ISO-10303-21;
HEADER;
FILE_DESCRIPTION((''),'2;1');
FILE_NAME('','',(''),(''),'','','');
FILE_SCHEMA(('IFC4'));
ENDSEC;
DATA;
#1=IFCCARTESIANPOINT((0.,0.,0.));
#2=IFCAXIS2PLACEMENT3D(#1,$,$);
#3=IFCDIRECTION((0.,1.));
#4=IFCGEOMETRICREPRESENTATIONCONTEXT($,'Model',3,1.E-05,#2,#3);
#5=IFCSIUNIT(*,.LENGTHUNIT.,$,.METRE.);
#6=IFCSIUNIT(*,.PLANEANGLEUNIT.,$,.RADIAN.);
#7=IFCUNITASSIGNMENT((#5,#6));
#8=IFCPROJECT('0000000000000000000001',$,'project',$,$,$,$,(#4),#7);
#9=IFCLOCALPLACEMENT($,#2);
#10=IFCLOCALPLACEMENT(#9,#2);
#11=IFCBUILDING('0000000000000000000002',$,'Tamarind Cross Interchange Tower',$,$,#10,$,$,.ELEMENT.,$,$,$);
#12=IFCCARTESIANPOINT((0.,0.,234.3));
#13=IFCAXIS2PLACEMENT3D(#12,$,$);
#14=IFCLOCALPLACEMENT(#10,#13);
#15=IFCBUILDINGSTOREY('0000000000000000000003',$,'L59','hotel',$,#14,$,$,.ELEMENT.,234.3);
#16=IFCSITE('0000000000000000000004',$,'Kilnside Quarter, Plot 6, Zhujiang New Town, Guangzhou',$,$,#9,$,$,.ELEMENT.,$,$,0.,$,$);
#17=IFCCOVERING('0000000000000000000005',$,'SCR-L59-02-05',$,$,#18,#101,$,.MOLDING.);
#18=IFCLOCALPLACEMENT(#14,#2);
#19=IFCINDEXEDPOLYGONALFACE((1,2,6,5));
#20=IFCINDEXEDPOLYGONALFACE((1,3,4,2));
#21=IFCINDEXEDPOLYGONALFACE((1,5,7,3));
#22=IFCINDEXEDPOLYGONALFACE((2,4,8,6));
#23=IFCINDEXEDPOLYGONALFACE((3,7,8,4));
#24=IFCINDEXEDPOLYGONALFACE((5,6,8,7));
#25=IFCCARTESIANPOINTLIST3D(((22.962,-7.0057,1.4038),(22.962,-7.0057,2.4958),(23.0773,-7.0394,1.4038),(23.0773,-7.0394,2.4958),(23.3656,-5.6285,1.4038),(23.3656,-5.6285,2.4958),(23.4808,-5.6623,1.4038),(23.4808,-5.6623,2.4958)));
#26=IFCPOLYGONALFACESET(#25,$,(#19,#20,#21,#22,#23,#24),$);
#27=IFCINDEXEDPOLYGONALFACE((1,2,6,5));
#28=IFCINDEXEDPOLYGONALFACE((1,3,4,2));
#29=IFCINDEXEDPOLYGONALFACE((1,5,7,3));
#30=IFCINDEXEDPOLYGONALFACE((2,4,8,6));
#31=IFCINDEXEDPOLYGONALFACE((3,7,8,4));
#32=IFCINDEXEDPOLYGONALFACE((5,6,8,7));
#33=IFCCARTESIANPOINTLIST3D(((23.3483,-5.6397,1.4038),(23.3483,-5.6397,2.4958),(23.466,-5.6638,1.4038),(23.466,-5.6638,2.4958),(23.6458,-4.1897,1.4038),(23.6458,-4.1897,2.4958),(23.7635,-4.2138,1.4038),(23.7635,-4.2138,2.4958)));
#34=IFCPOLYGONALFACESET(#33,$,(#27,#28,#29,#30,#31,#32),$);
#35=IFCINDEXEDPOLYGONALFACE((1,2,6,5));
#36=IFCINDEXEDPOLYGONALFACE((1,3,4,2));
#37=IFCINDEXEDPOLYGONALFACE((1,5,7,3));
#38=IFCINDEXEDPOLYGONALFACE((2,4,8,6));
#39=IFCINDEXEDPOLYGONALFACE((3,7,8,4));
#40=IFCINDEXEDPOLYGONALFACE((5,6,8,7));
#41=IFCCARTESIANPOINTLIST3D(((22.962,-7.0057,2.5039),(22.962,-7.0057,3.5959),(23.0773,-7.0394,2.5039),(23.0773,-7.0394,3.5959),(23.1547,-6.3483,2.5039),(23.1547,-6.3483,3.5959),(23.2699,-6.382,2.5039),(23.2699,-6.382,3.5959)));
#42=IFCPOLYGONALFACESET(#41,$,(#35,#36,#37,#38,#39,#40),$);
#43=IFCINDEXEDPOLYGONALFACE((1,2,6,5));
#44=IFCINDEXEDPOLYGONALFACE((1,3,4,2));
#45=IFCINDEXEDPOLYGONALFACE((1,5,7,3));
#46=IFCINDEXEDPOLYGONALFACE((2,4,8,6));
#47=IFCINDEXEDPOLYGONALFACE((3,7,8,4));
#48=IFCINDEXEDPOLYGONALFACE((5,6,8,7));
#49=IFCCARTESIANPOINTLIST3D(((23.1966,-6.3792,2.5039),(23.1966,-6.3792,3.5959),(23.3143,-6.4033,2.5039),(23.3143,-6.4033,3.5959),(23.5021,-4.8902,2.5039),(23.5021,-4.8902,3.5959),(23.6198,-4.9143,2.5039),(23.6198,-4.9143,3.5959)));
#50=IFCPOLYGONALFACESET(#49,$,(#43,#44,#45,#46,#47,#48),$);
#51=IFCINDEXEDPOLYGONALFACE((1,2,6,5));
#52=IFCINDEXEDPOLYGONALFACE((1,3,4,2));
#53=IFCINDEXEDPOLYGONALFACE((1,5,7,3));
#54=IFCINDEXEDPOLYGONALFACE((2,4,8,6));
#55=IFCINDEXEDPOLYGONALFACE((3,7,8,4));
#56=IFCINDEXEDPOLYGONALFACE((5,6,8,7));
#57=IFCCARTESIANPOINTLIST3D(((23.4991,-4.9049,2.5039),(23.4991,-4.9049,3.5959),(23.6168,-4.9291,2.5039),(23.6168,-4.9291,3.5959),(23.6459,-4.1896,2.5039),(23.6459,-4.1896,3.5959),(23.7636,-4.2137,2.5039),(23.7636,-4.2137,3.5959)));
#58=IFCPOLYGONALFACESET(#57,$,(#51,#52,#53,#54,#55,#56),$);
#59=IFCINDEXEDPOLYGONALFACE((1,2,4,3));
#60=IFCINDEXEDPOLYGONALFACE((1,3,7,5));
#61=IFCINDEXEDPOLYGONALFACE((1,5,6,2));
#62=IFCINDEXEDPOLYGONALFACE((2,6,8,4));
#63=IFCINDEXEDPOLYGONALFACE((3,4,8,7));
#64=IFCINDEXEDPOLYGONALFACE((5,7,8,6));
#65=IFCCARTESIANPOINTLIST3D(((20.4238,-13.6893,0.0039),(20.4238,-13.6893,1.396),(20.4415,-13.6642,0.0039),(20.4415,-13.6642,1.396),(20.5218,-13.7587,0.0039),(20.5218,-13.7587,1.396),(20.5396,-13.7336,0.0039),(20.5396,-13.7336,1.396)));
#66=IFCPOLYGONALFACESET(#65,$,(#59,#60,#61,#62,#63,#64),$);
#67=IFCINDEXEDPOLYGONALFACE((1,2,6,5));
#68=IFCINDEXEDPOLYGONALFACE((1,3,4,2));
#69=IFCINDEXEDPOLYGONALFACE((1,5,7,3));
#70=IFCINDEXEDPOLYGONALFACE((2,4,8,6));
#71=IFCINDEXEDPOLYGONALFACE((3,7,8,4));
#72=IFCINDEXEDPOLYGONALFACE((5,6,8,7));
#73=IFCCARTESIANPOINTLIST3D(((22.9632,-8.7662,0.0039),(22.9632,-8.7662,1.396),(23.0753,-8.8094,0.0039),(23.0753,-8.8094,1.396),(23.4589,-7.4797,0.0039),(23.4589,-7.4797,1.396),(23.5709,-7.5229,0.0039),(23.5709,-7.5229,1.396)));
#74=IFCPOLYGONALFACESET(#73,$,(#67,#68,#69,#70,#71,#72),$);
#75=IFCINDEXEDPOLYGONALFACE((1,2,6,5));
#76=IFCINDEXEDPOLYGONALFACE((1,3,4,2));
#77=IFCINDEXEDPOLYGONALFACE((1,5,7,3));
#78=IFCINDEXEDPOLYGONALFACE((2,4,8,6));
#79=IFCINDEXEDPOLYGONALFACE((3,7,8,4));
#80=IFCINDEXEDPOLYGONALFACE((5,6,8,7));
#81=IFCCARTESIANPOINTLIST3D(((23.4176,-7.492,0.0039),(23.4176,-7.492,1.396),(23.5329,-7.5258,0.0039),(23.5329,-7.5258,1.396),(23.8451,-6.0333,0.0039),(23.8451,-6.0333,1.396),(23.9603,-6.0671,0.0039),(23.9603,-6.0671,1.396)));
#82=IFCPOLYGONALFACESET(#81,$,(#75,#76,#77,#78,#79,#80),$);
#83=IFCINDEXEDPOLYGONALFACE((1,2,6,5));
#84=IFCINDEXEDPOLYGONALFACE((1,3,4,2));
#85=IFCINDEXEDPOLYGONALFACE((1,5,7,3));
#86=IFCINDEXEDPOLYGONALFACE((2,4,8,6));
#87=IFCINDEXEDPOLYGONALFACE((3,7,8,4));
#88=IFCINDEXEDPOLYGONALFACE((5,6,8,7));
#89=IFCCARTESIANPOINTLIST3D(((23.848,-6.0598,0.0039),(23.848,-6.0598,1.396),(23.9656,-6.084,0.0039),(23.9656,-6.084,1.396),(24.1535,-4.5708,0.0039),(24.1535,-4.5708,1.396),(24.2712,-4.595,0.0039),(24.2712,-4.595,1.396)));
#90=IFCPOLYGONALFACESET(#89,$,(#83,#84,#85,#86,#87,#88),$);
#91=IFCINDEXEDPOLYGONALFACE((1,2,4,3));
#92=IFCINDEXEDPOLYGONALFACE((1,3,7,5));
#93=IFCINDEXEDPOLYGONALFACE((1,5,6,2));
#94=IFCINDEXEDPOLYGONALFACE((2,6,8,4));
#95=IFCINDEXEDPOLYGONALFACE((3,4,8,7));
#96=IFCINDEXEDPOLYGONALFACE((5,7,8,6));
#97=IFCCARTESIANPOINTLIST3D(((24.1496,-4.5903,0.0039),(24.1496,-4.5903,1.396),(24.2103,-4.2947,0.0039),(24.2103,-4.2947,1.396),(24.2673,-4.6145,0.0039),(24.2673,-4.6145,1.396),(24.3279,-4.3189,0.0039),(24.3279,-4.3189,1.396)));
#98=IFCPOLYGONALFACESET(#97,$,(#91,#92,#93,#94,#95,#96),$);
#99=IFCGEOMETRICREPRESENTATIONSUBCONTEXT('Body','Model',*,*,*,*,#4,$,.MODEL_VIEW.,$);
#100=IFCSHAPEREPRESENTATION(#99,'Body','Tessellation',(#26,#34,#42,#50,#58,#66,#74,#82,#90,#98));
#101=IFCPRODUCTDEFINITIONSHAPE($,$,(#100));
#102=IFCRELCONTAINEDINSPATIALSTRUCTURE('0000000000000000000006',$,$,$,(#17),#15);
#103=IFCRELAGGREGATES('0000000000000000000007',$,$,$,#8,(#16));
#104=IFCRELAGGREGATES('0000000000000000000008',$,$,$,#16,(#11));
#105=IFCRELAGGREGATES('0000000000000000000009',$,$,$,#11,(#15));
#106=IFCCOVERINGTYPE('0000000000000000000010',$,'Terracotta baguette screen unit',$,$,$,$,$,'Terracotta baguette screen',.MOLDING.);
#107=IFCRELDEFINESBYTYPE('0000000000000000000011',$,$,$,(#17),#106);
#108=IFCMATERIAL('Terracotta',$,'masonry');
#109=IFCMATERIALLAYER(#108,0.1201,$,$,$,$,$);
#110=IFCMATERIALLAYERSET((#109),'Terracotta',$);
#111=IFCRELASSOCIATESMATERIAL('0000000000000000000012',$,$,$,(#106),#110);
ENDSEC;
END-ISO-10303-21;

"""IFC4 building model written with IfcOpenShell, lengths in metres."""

from ifc_helpers import new_model, si_unit, direction, frame, origin, origin_2d, place, context, subcontext, project, spatial, rectangle, extrude, material, layer, layer_set, type_object, element, save


model = new_model("IFC4")

# Units and contexts
model_context = context("Model", 3, precision=1e-05, world=origin(), true_north=direction((0.0, 1.0)))
body_context = subcontext(model_context, "Body", "Model", "MODEL_VIEW")
ifc_project = project(units=[si_unit("LENGTHUNIT", "METRE"), si_unit("PLANEANGLEUNIT", "RADIAN")], contexts=[model_context])

# Site, building, storey
site_placement = place(None, origin())
site = spatial("IfcSite", under=ifc_project, at=site_placement, Name="Kilnside Quarter, Plot 6, Zhujiang New Town, Guangzhou", CompositionType="ELEMENT", RefElevation=0.0)
building_placement = place(site_placement, origin())
building = spatial("IfcBuilding", under=site, at=building_placement, Name="Tamarind Cross Interchange Tower", CompositionType="ELEMENT")
storey_placement = place(building_placement, frame((0.0, 0.0, 234.3)))
storey = spatial("IfcBuildingStorey", under=building, at=storey_placement, Name="L59", Description="hotel", CompositionType="ELEMENT", Elevation=234.3)

# Covering
ifc_material_1 = material(Name="Terracotta", Category="masonry")
ifc_layer_1 = layer(ifc_material_1, 0.1201)
ifc_layer_set_1 = layer_set([ifc_layer_1], Name="Terracotta")
covering_type = type_object("IfcCoveringType", Name="Terracotta baguette screen unit", ElementType="Terracotta baguette screen", PredefinedType="MOLDING", material=ifc_layer_set_1)
covering_1_placement = place(storey_placement, origin())
element("IfcCovering", 1, at=covering_1_placement, inside=storey, type_object=covering_type, Name="SCR-L59-02-05", PredefinedType="MOLDING", context=body_context, shape_type="SweptSolid", body=[
    extrude(rectangle(XDim=1.4351, YDim=0.1201, at=origin_2d()), frame((23.2214, -6.334, 1.4038), z_axis=(0.0, 0.0, 1.0), x_axis=(0.281209, 0.959647, 0.0)), (0.0, 0.0, 1.0), 1.092),
    extrude(rectangle(XDim=1.4802, YDim=0.1201, at=origin_2d()), frame((23.5559, -4.9268, 1.4038), z_axis=(0.0, 0.0, 1.0), x_axis=(0.201001, 0.979591, 0.0)), (0.0, 0.0, 1.0), 1.092),
    extrude(rectangle(XDim=0.6851, YDim=0.1201, at=origin_2d()), frame((23.116, -6.6938, 2.5039), z_axis=(0.0, 0.0, 1.0), x_axis=(0.281209, 0.959647, 0.0)), (0.0, 0.0, 1.0), 1.092),
    extrude(rectangle(XDim=1.52, YDim=0.1201, at=origin_2d()), frame((23.4082, -5.6467, 2.5039), z_axis=(0.0, 0.0, 1.0), x_axis=(0.201001, 0.979591, 0.0)), (0.0, 0.0, 1.0), 1.092),
    extrude(rectangle(XDim=0.7302, YDim=0.1201, at=origin_2d()), frame((23.6313, -4.5593, 2.5039), z_axis=(0.0, 0.0, 1.0), x_axis=(0.201001, 0.979591, 0.0)), (0.0, 0.0, 1.0), 1.092),
    extrude(rectangle(XDim=0.0308, YDim=0.1201, at=origin_2d()), frame((20.4817, -13.7114, 0.0039), z_axis=(0.0, 0.0, 1.0), x_axis=(0.577569, 0.816342, 0.0)), (0.0, 0.0, 1.0), 1.3921),
    extrude(rectangle(XDim=1.3787, YDim=0.1201, at=origin_2d()), frame((23.2671, -8.1445, 0.0039), z_axis=(0.0, 0.0, 1.0), x_axis=(0.359495, 0.933147, 0.0)), (0.0, 0.0, 1.0), 1.3921),
    extrude(rectangle(XDim=1.52, YDim=0.1201, at=origin_2d()), frame((23.689, -6.7795, 0.0039), z_axis=(0.0, 0.0, 1.0), x_axis=(0.281209, 0.959647, 0.0)), (0.0, 0.0, 1.0), 1.3921),
    extrude(rectangle(XDim=1.52, YDim=0.1201, at=origin_2d()), frame((24.0596, -5.3274, 0.0039), z_axis=(0.0, 0.0, 1.0), x_axis=(0.201001, 0.979591, 0.0)), (0.0, 0.0, 1.0), 1.3921),
    extrude(rectangle(XDim=0.3018, YDim=0.1201, at=origin_2d()), frame((24.2388, -4.4546, 0.0039), z_axis=(0.0, 0.0, 1.0), x_axis=(0.201001, 0.979591, 0.0)), (0.0, 0.0, 1.0), 1.3921),
])

save(model, "model.ifc")
